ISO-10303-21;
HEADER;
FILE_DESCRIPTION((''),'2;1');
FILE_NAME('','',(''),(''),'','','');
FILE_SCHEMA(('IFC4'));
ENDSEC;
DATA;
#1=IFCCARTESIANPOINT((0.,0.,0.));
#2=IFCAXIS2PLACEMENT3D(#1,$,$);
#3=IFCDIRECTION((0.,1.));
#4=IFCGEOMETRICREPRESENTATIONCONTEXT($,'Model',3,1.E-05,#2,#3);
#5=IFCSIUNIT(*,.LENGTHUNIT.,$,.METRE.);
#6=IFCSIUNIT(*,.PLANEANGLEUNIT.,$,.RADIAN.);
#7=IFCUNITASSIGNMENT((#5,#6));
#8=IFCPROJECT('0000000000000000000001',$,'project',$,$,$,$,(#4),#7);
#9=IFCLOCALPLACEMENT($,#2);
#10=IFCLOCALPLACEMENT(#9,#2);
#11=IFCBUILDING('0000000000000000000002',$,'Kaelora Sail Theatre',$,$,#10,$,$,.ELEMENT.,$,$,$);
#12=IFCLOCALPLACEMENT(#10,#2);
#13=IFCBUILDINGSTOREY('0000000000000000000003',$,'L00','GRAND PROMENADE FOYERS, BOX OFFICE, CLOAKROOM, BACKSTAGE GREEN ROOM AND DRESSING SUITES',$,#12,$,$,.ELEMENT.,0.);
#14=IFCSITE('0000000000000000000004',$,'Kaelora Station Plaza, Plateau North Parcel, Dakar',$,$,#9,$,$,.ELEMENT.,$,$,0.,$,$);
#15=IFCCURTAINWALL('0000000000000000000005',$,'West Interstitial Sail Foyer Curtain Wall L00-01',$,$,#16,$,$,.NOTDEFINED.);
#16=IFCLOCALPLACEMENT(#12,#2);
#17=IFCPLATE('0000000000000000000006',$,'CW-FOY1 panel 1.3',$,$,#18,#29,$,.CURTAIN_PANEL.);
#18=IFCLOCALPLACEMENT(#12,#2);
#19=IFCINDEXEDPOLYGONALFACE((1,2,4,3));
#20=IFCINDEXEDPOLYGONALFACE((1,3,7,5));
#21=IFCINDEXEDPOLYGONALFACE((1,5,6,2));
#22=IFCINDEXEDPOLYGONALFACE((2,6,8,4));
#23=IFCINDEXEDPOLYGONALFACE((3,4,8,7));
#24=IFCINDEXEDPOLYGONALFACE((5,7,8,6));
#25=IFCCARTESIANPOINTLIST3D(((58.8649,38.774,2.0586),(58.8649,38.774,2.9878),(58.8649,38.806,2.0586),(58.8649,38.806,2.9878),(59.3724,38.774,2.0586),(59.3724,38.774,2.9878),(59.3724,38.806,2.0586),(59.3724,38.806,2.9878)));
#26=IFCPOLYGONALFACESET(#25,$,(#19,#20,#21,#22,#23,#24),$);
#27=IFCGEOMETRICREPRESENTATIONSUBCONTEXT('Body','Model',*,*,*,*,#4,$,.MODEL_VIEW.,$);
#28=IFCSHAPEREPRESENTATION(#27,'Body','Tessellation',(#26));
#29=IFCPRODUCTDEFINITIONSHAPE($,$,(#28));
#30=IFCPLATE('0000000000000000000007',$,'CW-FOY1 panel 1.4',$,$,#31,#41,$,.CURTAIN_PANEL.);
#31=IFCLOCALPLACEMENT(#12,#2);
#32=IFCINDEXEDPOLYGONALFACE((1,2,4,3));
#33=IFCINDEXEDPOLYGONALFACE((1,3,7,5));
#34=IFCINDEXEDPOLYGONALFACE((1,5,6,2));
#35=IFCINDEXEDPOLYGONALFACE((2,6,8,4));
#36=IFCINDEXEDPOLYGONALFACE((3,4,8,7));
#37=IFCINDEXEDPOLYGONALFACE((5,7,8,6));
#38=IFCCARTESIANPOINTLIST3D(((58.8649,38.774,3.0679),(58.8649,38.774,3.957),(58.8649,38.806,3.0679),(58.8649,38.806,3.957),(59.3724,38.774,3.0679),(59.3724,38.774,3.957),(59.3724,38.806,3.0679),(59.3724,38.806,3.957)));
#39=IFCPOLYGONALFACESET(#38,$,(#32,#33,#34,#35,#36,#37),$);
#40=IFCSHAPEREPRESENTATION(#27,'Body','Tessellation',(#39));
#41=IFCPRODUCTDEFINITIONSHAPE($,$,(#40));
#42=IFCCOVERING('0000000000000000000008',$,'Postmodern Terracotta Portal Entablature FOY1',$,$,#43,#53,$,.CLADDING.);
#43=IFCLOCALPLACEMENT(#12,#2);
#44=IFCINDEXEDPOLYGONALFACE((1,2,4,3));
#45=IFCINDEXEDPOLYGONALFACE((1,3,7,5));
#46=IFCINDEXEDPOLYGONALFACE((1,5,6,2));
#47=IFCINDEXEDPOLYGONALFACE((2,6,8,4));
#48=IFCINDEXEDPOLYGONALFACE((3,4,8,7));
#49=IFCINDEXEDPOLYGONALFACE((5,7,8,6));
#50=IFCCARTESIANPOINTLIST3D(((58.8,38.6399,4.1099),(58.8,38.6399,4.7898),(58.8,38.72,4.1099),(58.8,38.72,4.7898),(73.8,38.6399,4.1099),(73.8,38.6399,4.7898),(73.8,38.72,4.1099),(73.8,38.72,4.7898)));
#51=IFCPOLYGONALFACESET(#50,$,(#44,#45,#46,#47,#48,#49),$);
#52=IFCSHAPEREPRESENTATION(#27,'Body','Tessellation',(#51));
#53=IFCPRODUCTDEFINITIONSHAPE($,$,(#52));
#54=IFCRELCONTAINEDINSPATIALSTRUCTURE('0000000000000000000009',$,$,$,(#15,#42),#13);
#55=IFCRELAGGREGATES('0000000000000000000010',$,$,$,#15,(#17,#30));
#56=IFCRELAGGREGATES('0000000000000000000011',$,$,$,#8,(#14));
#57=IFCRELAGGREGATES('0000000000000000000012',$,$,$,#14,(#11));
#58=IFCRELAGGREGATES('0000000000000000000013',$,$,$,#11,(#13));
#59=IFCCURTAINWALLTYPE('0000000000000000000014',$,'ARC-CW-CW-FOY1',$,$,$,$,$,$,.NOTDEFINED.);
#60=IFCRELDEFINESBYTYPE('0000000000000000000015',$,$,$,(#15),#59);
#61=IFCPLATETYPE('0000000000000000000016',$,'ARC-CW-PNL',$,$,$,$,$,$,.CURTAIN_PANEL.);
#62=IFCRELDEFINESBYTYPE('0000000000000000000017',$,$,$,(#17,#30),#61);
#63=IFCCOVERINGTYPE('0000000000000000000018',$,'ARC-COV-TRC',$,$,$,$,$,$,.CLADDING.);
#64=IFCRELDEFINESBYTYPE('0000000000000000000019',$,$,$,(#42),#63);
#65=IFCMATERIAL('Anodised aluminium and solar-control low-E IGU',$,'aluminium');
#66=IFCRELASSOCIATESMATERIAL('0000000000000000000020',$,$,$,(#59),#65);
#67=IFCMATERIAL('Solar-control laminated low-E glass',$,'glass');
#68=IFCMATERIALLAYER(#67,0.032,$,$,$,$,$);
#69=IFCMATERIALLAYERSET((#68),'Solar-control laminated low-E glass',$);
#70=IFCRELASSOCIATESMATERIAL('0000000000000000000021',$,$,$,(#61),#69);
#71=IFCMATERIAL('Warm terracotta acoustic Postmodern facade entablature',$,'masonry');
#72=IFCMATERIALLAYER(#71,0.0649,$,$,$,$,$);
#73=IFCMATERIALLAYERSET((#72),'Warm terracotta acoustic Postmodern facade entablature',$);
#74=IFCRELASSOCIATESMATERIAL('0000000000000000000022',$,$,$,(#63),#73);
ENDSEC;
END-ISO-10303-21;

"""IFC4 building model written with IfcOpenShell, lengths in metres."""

from ifc_helpers import new_model, si_unit, direction, frame, origin, origin_2d, place, context, subcontext, project, spatial, rectangle, extrude, material, layer, layer_set, type_object, element, aggregate, save


model = new_model("IFC4")

# Units and contexts
model_context = context("Model", 3, precision=1e-05, world=origin(), true_north=direction((0.0, 1.0)))
body_context = subcontext(model_context, "Body", "Model", "MODEL_VIEW")
ifc_project = project(units=[si_unit("LENGTHUNIT", "METRE"), si_unit("PLANEANGLEUNIT", "RADIAN")], contexts=[model_context])

# Site, building, storey
site_placement = place(None, origin())
site = spatial("IfcSite", under=ifc_project, at=site_placement, Name="Kaelora Station Plaza, Plateau North Parcel, Dakar", CompositionType="ELEMENT", RefElevation=0.0)
building_placement = place(site_placement, origin())
building = spatial("IfcBuilding", under=site, at=building_placement, Name="Kaelora Sail Theatre", CompositionType="ELEMENT")
storey_placement = place(building_placement, origin())
storey = spatial("IfcBuildingStorey", under=building, at=storey_placement, Name="L00", Description="GRAND PROMENADE FOYERS, BOX OFFICE, CLOAKROOM, BACKSTAGE GREEN ROOM AND DRESSING SUITES", CompositionType="ELEMENT", Elevation=0.0)

# Curtain wall
ifc_material_1 = material(Name="Anodised aluminium and solar-control low-E IGU", Category="aluminium")
curtain_wall_type = type_object("IfcCurtainWallType", Name="ARC-CW-CW-FOY1", PredefinedType="NOTDEFINED", material=ifc_material_1)
curtain_wall_placement = place(storey_placement, origin())
curtain_wall = element("IfcCurtainWall", 1, at=curtain_wall_placement, inside=storey, type_object=curtain_wall_type, Name="West Interstitial Sail Foyer Curtain Wall L00-01", PredefinedType="NOTDEFINED")

# Plates
ifc_material_2 = material(Name="Solar-control laminated low-E glass", Category="glass")
ifc_layer_1 = layer(ifc_material_2, 0.032)
ifc_layer_set_1 = layer_set([ifc_layer_1], Name="Solar-control laminated low-E glass")
plate_type = type_object("IfcPlateType", Name="ARC-CW-PNL", PredefinedType="CURTAIN_PANEL", material=ifc_layer_set_1)
plate_1_placement = place(storey_placement, frame((59.1187, 38.79, 2.0586), z_axis=(0.0, 0.0, 1.0), x_axis=(1.0, 0.0, 0.0)))
plate_1 = element("IfcPlate", 2, at=plate_1_placement, type_object=plate_type, Name="CW-FOY1 panel 1.3", PredefinedType="CURTAIN_PANEL", context=body_context, shape_type="SweptSolid", body=[
    extrude(rectangle(XDim=0.5076, YDim=0.032, at=origin_2d()), origin(), (0.0, 0.0, 1.0), 0.9292),
])
plate_2_placement = place(storey_placement, frame((59.1187, 38.79, 3.0679), z_axis=(0.0, 0.0, 1.0), x_axis=(1.0, 0.0, 0.0)))
plate_2 = element("IfcPlate", 3, at=plate_2_placement, type_object=plate_type, Name="CW-FOY1 panel 1.4", PredefinedType="CURTAIN_PANEL", context=body_context, shape_type="SweptSolid", body=[
    extrude(rectangle(XDim=0.5076, YDim=0.032, at=origin_2d()), origin(), (0.0, 0.0, 1.0), 0.8892),
])
aggregate(curtain_wall, [plate_1, plate_2])

# Covering
ifc_material_3 = material(Name="Warm terracotta acoustic Postmodern facade entablature", Category="masonry")
ifc_layer_2 = layer(ifc_material_3, 0.0649)
ifc_layer_set_2 = layer_set([ifc_layer_2], Name="Warm terracotta acoustic Postmodern facade entablature")
covering_type = type_object("IfcCoveringType", Name="ARC-COV-TRC", PredefinedType="CLADDING", material=ifc_layer_set_2)
covering_placement = place(storey_placement, frame((66.3, 38.6799, 4.1099), z_axis=(0.0, 0.0, 1.0), x_axis=(1.0, 0.0, 0.0)))
element("IfcCovering", 4, at=covering_placement, inside=storey, type_object=covering_type, Name="Postmodern Terracotta Portal Entablature FOY1", PredefinedType="CLADDING", context=body_context, shape_type="SweptSolid", body=[
    extrude(rectangle(XDim=15.0, YDim=0.0801, at=origin_2d()), origin(), (0.0, 0.0, 1.0), 0.6799),
])

save(model, "model.ifc")
